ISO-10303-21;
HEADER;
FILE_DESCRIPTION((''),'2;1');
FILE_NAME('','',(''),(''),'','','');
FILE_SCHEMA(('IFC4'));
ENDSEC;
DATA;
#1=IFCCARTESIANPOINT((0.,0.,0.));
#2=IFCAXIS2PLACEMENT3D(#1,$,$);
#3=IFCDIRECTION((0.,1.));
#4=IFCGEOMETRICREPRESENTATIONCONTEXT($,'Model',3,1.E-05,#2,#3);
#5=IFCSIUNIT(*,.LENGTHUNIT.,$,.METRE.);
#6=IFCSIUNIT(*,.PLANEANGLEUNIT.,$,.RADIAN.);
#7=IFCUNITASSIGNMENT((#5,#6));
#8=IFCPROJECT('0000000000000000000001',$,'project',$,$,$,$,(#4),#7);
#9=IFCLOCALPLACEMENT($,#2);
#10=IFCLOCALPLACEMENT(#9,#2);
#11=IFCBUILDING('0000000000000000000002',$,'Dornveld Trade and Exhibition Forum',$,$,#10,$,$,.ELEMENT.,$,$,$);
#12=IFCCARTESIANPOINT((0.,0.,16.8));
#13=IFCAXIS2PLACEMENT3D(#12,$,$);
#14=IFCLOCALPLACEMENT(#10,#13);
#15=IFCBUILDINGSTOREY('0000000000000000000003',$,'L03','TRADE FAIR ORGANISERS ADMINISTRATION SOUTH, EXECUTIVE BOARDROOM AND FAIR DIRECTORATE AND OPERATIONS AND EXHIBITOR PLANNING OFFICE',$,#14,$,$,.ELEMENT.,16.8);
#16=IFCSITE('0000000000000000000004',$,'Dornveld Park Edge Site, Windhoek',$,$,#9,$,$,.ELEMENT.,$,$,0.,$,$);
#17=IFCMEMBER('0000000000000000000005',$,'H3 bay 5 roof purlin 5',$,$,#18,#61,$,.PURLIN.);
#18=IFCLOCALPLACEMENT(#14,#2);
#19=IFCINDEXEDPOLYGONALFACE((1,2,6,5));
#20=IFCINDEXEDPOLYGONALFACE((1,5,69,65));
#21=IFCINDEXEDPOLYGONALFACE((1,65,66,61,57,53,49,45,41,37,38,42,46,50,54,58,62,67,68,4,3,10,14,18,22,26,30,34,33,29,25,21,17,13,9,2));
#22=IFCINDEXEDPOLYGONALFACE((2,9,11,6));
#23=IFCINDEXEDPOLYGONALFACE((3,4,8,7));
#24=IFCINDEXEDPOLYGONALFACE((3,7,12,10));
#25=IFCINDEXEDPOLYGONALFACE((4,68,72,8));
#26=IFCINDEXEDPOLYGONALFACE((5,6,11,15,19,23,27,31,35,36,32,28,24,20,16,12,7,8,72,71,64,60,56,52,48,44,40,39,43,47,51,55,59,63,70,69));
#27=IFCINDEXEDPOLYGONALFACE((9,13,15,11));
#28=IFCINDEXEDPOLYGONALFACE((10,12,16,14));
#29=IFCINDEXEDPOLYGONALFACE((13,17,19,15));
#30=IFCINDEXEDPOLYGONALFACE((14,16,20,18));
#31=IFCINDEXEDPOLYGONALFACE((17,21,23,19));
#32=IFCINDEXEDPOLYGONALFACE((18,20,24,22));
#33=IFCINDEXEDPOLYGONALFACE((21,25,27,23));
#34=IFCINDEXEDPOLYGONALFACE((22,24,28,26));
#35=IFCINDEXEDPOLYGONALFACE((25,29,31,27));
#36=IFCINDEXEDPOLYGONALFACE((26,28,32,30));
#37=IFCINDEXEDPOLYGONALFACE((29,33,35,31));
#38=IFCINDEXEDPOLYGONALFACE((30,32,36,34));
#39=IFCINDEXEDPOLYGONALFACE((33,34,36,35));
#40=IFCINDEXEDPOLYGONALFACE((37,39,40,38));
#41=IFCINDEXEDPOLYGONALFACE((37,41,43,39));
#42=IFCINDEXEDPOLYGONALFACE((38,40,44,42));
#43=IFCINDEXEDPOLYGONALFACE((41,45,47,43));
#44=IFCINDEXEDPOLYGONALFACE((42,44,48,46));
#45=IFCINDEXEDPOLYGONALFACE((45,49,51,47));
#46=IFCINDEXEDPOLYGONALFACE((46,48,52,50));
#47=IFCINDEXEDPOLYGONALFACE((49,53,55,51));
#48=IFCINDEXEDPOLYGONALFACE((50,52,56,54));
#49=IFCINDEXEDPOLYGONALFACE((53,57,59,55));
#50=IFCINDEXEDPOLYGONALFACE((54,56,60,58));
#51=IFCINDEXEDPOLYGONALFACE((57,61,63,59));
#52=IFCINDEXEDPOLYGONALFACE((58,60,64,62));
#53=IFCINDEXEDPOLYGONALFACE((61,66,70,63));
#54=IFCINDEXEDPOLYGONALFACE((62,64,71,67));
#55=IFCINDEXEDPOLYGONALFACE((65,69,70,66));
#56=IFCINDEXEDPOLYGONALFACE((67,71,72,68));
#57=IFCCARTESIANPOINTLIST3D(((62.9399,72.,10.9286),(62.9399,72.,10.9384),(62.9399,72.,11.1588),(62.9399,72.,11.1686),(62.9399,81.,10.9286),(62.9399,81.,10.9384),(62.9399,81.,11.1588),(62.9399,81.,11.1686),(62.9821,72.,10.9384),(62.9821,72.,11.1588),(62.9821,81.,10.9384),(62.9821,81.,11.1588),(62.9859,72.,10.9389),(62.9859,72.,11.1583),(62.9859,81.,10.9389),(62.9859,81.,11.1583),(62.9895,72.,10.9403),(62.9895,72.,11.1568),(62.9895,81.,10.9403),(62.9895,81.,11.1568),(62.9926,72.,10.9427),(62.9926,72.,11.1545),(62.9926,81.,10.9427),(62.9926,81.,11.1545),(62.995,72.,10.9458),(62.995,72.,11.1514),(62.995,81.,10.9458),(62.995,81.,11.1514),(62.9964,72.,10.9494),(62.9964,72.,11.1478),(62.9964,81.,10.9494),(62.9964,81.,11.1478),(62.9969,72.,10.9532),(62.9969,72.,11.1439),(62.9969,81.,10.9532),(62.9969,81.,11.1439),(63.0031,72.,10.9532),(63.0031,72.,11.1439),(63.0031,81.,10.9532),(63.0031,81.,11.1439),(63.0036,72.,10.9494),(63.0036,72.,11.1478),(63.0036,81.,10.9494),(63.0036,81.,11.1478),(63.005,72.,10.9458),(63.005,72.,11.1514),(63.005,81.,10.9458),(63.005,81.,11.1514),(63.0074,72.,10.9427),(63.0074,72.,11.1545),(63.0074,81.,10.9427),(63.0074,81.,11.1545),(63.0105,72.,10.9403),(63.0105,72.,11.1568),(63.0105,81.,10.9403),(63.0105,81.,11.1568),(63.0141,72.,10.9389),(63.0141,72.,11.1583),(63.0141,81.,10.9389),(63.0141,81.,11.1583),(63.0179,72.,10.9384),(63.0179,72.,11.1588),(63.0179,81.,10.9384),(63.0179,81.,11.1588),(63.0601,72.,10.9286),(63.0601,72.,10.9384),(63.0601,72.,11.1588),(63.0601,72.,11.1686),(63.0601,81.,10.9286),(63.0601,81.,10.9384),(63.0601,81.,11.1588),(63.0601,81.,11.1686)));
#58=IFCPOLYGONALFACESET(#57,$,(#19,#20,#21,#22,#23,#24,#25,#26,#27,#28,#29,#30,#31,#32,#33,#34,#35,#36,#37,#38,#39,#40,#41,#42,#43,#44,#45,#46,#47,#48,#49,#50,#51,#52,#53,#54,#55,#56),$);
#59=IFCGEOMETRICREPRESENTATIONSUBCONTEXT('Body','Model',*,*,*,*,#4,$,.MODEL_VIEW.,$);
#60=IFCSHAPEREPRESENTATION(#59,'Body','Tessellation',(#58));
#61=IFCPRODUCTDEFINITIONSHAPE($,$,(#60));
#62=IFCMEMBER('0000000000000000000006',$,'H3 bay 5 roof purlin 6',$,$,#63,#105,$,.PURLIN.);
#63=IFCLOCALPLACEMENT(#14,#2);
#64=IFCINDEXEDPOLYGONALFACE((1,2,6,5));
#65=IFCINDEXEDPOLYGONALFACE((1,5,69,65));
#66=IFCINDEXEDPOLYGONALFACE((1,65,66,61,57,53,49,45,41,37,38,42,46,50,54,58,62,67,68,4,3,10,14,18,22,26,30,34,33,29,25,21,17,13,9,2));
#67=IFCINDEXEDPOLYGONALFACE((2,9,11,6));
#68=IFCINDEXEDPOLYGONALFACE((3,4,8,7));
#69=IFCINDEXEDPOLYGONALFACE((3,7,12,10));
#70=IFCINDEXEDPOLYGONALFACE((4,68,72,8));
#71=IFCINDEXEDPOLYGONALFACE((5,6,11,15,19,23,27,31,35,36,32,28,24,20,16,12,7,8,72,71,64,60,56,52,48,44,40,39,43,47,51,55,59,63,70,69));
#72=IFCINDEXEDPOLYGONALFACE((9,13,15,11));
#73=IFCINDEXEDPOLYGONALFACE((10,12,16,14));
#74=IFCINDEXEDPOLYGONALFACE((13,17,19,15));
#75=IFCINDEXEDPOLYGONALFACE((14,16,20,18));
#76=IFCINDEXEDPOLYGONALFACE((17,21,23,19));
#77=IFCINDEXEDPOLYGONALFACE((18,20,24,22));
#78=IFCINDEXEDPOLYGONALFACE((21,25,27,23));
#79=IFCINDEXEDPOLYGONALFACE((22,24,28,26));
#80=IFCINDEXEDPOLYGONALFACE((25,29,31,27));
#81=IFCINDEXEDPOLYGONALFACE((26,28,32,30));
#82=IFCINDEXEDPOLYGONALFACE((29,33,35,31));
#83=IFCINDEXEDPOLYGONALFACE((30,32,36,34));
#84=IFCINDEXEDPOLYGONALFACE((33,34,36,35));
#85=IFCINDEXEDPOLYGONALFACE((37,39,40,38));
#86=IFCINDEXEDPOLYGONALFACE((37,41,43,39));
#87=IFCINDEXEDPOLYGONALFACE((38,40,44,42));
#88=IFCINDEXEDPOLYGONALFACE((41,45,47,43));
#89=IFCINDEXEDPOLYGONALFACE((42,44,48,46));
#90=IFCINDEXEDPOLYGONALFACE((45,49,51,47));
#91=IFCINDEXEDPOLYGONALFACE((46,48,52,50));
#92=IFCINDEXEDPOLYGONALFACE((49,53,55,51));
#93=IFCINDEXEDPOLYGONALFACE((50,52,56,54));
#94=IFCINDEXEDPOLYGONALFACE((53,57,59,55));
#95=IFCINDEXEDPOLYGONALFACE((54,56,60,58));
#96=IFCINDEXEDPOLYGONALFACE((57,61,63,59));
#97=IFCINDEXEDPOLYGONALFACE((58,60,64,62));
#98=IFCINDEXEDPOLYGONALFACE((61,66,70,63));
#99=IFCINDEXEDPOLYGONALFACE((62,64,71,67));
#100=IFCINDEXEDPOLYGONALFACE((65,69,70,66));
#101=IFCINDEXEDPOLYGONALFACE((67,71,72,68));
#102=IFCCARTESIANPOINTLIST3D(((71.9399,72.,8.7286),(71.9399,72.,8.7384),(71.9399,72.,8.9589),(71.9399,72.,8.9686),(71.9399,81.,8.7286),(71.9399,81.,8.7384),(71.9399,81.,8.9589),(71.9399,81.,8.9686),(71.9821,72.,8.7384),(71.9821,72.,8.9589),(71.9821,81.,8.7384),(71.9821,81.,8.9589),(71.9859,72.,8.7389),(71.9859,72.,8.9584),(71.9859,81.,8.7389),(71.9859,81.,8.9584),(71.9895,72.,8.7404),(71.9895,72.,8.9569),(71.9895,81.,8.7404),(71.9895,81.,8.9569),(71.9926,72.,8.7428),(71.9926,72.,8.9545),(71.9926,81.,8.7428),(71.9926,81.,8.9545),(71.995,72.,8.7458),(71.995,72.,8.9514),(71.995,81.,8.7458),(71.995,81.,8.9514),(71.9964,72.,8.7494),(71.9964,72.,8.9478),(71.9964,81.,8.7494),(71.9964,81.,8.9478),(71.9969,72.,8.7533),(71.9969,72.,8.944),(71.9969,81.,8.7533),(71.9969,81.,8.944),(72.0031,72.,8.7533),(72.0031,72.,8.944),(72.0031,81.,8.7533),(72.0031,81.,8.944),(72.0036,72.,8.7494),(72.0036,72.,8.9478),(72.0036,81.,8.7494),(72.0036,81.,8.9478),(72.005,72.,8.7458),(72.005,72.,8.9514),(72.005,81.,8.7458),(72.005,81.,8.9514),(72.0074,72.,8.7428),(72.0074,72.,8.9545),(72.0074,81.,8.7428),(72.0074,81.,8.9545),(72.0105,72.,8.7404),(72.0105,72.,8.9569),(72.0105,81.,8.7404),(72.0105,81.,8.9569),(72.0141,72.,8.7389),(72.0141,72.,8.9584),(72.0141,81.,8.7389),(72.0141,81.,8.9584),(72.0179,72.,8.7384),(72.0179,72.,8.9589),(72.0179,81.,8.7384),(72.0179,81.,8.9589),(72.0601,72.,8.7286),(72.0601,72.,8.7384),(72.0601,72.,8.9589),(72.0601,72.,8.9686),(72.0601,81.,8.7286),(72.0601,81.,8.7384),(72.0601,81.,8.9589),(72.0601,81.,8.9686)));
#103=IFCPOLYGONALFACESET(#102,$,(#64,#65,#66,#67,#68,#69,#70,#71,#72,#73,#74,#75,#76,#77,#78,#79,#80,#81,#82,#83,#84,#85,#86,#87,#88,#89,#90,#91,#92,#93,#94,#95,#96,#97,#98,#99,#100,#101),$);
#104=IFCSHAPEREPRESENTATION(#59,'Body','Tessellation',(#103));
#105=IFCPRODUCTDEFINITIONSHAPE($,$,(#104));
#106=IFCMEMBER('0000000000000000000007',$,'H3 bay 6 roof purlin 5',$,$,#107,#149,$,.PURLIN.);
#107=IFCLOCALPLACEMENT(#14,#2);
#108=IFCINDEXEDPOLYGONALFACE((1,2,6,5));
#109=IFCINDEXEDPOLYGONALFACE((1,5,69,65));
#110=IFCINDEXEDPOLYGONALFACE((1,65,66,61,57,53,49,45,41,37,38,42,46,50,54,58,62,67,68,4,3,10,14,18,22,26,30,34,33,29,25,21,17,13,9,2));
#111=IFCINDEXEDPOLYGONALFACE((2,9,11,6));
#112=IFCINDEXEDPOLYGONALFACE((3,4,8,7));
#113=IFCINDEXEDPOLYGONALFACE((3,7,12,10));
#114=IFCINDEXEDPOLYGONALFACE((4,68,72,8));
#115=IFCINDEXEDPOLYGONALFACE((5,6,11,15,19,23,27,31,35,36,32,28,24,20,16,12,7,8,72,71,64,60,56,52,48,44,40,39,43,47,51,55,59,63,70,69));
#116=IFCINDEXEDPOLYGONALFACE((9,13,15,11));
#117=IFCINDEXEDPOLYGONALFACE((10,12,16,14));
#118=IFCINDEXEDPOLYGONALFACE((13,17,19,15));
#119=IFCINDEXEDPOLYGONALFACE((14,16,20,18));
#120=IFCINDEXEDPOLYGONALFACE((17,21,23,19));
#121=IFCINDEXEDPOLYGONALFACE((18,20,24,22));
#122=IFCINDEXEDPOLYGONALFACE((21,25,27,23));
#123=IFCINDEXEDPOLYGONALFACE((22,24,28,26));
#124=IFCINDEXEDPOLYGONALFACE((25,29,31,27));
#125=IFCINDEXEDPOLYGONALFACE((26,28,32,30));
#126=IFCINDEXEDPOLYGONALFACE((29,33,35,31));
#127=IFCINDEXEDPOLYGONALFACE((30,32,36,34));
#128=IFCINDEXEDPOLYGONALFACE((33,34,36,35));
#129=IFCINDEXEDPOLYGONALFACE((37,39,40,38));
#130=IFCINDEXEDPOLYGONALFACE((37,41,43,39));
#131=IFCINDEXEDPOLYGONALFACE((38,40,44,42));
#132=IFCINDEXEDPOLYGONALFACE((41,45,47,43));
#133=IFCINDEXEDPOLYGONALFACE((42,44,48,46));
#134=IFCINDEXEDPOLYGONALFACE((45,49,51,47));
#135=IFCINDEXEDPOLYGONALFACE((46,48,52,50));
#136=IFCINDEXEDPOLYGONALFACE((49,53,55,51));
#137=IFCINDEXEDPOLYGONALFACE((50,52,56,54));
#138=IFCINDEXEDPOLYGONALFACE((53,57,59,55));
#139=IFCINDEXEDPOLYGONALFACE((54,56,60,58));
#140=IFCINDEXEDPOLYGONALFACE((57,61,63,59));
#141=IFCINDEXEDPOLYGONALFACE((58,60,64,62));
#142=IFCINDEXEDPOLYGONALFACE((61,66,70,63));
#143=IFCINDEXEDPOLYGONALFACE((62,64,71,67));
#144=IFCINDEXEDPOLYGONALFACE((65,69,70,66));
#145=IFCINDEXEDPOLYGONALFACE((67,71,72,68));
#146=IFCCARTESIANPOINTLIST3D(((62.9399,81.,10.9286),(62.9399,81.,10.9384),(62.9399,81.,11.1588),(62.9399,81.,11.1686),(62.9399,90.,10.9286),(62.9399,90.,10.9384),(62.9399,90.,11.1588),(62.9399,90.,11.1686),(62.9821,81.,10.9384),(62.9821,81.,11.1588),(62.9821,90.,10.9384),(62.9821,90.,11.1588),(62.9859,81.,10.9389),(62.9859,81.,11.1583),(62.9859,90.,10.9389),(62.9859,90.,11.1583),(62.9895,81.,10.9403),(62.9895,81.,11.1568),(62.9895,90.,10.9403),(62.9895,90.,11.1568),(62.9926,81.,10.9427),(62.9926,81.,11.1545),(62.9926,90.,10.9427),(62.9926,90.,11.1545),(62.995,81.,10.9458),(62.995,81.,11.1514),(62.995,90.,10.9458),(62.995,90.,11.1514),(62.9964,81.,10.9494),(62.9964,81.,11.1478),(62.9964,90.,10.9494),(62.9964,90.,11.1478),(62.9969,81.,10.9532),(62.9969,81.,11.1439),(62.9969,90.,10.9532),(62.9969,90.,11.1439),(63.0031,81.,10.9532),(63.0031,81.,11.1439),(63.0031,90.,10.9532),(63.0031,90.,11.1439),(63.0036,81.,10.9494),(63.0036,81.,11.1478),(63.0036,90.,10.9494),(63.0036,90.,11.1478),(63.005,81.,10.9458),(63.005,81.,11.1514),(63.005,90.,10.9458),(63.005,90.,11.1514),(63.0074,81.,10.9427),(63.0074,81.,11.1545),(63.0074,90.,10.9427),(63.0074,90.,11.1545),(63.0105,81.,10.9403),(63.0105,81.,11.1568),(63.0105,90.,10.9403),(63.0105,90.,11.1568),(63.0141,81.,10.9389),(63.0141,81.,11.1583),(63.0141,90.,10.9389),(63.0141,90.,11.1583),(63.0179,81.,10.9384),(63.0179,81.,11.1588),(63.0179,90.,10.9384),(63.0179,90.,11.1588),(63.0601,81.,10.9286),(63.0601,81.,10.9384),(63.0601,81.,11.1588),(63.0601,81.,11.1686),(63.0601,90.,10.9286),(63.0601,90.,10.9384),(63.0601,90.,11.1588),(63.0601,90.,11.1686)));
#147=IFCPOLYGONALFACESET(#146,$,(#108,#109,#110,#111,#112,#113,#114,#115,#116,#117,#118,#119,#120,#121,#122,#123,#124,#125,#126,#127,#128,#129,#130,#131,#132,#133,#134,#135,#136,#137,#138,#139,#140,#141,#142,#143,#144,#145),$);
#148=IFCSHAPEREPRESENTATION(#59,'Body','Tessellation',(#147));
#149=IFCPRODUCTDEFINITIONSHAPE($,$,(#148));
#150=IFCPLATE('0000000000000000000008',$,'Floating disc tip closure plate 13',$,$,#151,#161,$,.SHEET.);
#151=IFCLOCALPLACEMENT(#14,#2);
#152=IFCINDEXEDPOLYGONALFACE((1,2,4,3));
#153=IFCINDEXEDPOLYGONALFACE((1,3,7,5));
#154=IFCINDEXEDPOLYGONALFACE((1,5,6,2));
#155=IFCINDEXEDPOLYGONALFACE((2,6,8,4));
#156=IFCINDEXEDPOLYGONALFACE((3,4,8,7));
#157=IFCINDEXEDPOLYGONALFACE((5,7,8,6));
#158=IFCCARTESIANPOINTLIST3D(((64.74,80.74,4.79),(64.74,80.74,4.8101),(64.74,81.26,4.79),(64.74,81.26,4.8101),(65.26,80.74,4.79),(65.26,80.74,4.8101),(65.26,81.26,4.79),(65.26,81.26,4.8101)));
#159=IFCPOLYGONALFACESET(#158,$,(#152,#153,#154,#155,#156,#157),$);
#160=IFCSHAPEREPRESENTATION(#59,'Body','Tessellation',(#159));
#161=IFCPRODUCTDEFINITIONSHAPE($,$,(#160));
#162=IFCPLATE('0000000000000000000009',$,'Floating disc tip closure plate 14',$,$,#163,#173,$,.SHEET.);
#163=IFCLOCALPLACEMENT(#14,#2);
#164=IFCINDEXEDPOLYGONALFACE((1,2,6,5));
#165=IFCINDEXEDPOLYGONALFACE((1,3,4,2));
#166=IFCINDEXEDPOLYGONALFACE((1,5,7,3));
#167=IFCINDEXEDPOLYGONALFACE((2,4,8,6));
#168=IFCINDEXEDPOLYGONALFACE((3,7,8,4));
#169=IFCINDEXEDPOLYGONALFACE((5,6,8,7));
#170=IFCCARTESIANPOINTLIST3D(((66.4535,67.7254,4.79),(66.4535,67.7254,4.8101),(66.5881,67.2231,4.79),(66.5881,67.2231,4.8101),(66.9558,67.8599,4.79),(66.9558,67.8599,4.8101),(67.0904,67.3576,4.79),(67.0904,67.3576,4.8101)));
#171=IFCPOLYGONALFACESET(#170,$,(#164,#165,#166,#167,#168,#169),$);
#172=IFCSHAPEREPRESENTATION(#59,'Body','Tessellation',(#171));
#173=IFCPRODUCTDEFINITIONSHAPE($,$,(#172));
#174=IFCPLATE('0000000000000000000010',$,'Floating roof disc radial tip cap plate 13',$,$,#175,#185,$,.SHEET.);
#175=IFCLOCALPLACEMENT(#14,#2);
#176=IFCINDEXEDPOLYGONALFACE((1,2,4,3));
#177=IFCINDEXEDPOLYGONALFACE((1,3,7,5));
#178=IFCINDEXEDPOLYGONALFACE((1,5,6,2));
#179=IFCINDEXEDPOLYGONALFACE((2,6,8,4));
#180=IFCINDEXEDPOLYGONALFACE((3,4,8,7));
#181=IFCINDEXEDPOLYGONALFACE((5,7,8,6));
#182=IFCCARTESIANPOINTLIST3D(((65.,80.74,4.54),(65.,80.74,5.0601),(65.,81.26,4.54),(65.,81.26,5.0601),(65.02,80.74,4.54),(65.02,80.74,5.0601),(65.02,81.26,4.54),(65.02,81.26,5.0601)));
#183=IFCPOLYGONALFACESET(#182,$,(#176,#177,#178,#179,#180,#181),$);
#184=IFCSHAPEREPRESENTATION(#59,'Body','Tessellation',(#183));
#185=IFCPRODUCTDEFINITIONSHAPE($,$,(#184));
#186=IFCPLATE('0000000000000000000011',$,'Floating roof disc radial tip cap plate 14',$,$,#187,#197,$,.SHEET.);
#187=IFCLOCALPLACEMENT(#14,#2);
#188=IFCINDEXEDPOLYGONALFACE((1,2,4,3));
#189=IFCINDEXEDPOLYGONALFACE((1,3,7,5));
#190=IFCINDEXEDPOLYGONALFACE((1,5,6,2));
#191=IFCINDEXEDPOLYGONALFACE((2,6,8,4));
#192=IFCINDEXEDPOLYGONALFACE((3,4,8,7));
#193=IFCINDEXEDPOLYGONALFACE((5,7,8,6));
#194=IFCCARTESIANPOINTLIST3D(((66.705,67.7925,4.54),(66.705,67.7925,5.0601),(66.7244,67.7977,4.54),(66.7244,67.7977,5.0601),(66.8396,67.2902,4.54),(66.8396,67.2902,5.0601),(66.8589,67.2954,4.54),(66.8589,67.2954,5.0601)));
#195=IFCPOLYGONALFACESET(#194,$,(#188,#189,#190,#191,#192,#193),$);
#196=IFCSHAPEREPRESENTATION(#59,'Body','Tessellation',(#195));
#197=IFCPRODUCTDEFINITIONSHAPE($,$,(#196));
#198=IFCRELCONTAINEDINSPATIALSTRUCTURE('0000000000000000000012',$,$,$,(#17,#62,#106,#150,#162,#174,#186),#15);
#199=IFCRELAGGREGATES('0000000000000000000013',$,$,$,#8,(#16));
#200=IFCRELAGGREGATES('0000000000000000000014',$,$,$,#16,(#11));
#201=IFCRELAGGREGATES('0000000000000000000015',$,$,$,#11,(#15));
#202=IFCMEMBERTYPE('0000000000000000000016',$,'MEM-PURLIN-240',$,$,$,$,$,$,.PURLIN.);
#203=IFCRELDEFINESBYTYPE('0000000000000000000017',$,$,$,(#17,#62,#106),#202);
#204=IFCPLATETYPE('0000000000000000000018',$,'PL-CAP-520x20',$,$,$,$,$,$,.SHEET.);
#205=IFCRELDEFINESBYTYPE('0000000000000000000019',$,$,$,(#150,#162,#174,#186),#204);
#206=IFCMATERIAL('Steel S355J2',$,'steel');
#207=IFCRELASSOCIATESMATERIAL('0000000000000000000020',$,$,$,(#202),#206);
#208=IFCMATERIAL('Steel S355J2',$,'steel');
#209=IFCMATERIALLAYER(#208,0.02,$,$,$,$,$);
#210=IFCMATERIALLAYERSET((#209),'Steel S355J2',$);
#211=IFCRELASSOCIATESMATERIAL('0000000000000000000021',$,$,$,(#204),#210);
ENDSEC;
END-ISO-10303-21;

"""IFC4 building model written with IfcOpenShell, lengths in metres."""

from ifc_helpers import new_model, si_unit, direction, frame, origin, origin_2d, place, context, subcontext, project, spatial, rectangle, i_section, extrude, material, layer, layer_set, material_profile, profile_set, type_object, element, save


model = new_model("IFC4")

# Units and contexts
model_context = context("Model", 3, precision=1e-05, world=origin(), true_north=direction((0.0, 1.0)))
body_context = subcontext(model_context, "Body", "Model", "MODEL_VIEW")
ifc_project = project(units=[si_unit("LENGTHUNIT", "METRE"), si_unit("PLANEANGLEUNIT", "RADIAN")], contexts=[model_context])

# Site, building, storey
site_placement = place(None, origin())
site = spatial("IfcSite", under=ifc_project, at=site_placement, Name="Dornveld Park Edge Site, Windhoek", CompositionType="ELEMENT", RefElevation=0.0)
building_placement = place(site_placement, origin())
building = spatial("IfcBuilding", under=site, at=building_placement, Name="Dornveld Trade and Exhibition Forum", CompositionType="ELEMENT")
storey_placement = place(building_placement, frame((0.0, 0.0, 16.8)))
storey = spatial("IfcBuildingStorey", under=building, at=storey_placement, Name="L03", Description="TRADE FAIR ORGANISERS ADMINISTRATION SOUTH, EXECUTIVE BOARDROOM AND FAIR DIRECTORATE AND OPERATIONS AND EXHIBITOR PLANNING OFFICE", CompositionType="ELEMENT", Elevation=16.8)

# Members
ifc_material_1 = material(Name="Steel S355J2", Category="steel")
ifc_material_profile_1 = material_profile(ifc_material_1, i_section(OverallWidth=0.1201, OverallDepth=0.24, WebThickness=0.0061, FlangeThickness=0.0098, FilletRadius=0.0149, at=origin_2d()), Name="IPE 240")
ifc_profile_set_1 = profile_set([ifc_material_profile_1], Name="Steel S355J2")
member_type_1 = type_object("IfcMemberType", Name="MEM-PURLIN-240", PredefinedType="PURLIN", material=ifc_profile_set_1)
for number, where, z_axis, x_axis, name in (
    (1, (63.0, 72.0, 11.0486), (0.0, 1.0, 0.0), (-1.0, 0.0, 0.0), "H3 bay 5 roof purlin 5"),
    (2, (72.0, 72.0, 8.8486), (0.0, 1.0, 0.0), (-1.0, 0.0, 0.0), "H3 bay 5 roof purlin 6"),
    (3, (63.0, 81.0, 11.0486), (0.0, 1.0, 0.0), (-1.0, 0.0, 0.0), "H3 bay 6 roof purlin 5"),
):
    element("IfcMember", number, at=place(storey_placement, frame(where, z_axis=z_axis, x_axis=x_axis)), inside=storey, type_object=member_type_1, Name=name, PredefinedType="PURLIN", context=body_context, shape_type="SweptSolid", body=[
        extrude(i_section(OverallWidth=0.1201, OverallDepth=0.24, WebThickness=0.0061, FlangeThickness=0.0098, FilletRadius=0.0149, at=origin_2d()), origin(), (0.0, 0.0, 1.0), 9.0),
    ])

# Plates
ifc_material_2 = material(Name="Steel S355J2", Category="steel")
ifc_layer = layer(ifc_material_2, 0.02)
ifc_layer_set = layer_set([ifc_layer], Name="Steel S355J2")
plate_type = type_object("IfcPlateType", Name="PL-CAP-520x20", PredefinedType="SHEET", material=ifc_layer_set)
for number, where, z_axis, x_axis, name in (
    (4, (65.0, 81.0, 4.79), (0.0, 0.0, 1.0), (-1.0, 0.0, 0.0), "Floating disc tip closure plate 13"),
    (5, (66.772, 67.5415, 4.79), (0.0, 0.0, 1.0), (-0.965926, -0.258819, 0.0), "Floating disc tip closure plate 14"),
):
    element("IfcPlate", number, at=place(storey_placement, frame(where, z_axis=z_axis, x_axis=x_axis)), inside=storey, type_object=plate_type, Name=name, PredefinedType="SHEET", context=body_context, shape_type="SweptSolid", body=[
        extrude(rectangle(XDim=0.52, YDim=0.52, at=origin_2d()), origin(), (0.0, 0.0, 1.0), 0.02),
    ])
for number, where, z_axis, x_axis, name in (
    (6, (65.01, 81.0, 4.54), (0.0, 0.0, 1.0), (-1.0, 0.0, 0.0), "Floating roof disc radial tip cap plate 13"),
    (7, (66.782, 67.5439, 4.54), (0.0, 0.0, 1.0), (-0.965926, -0.258819, 0.0), "Floating roof disc radial tip cap plate 14"),
):
    element("IfcPlate", number, at=place(storey_placement, frame(where, z_axis=z_axis, x_axis=x_axis)), inside=storey, type_object=plate_type, Name=name, PredefinedType="SHEET", context=body_context, shape_type="SweptSolid", body=[
        extrude(rectangle(XDim=0.02, YDim=0.52, at=origin_2d()), origin(), (0.0, 0.0, 1.0), 0.52),
    ])

save(model, "model.ifc")
